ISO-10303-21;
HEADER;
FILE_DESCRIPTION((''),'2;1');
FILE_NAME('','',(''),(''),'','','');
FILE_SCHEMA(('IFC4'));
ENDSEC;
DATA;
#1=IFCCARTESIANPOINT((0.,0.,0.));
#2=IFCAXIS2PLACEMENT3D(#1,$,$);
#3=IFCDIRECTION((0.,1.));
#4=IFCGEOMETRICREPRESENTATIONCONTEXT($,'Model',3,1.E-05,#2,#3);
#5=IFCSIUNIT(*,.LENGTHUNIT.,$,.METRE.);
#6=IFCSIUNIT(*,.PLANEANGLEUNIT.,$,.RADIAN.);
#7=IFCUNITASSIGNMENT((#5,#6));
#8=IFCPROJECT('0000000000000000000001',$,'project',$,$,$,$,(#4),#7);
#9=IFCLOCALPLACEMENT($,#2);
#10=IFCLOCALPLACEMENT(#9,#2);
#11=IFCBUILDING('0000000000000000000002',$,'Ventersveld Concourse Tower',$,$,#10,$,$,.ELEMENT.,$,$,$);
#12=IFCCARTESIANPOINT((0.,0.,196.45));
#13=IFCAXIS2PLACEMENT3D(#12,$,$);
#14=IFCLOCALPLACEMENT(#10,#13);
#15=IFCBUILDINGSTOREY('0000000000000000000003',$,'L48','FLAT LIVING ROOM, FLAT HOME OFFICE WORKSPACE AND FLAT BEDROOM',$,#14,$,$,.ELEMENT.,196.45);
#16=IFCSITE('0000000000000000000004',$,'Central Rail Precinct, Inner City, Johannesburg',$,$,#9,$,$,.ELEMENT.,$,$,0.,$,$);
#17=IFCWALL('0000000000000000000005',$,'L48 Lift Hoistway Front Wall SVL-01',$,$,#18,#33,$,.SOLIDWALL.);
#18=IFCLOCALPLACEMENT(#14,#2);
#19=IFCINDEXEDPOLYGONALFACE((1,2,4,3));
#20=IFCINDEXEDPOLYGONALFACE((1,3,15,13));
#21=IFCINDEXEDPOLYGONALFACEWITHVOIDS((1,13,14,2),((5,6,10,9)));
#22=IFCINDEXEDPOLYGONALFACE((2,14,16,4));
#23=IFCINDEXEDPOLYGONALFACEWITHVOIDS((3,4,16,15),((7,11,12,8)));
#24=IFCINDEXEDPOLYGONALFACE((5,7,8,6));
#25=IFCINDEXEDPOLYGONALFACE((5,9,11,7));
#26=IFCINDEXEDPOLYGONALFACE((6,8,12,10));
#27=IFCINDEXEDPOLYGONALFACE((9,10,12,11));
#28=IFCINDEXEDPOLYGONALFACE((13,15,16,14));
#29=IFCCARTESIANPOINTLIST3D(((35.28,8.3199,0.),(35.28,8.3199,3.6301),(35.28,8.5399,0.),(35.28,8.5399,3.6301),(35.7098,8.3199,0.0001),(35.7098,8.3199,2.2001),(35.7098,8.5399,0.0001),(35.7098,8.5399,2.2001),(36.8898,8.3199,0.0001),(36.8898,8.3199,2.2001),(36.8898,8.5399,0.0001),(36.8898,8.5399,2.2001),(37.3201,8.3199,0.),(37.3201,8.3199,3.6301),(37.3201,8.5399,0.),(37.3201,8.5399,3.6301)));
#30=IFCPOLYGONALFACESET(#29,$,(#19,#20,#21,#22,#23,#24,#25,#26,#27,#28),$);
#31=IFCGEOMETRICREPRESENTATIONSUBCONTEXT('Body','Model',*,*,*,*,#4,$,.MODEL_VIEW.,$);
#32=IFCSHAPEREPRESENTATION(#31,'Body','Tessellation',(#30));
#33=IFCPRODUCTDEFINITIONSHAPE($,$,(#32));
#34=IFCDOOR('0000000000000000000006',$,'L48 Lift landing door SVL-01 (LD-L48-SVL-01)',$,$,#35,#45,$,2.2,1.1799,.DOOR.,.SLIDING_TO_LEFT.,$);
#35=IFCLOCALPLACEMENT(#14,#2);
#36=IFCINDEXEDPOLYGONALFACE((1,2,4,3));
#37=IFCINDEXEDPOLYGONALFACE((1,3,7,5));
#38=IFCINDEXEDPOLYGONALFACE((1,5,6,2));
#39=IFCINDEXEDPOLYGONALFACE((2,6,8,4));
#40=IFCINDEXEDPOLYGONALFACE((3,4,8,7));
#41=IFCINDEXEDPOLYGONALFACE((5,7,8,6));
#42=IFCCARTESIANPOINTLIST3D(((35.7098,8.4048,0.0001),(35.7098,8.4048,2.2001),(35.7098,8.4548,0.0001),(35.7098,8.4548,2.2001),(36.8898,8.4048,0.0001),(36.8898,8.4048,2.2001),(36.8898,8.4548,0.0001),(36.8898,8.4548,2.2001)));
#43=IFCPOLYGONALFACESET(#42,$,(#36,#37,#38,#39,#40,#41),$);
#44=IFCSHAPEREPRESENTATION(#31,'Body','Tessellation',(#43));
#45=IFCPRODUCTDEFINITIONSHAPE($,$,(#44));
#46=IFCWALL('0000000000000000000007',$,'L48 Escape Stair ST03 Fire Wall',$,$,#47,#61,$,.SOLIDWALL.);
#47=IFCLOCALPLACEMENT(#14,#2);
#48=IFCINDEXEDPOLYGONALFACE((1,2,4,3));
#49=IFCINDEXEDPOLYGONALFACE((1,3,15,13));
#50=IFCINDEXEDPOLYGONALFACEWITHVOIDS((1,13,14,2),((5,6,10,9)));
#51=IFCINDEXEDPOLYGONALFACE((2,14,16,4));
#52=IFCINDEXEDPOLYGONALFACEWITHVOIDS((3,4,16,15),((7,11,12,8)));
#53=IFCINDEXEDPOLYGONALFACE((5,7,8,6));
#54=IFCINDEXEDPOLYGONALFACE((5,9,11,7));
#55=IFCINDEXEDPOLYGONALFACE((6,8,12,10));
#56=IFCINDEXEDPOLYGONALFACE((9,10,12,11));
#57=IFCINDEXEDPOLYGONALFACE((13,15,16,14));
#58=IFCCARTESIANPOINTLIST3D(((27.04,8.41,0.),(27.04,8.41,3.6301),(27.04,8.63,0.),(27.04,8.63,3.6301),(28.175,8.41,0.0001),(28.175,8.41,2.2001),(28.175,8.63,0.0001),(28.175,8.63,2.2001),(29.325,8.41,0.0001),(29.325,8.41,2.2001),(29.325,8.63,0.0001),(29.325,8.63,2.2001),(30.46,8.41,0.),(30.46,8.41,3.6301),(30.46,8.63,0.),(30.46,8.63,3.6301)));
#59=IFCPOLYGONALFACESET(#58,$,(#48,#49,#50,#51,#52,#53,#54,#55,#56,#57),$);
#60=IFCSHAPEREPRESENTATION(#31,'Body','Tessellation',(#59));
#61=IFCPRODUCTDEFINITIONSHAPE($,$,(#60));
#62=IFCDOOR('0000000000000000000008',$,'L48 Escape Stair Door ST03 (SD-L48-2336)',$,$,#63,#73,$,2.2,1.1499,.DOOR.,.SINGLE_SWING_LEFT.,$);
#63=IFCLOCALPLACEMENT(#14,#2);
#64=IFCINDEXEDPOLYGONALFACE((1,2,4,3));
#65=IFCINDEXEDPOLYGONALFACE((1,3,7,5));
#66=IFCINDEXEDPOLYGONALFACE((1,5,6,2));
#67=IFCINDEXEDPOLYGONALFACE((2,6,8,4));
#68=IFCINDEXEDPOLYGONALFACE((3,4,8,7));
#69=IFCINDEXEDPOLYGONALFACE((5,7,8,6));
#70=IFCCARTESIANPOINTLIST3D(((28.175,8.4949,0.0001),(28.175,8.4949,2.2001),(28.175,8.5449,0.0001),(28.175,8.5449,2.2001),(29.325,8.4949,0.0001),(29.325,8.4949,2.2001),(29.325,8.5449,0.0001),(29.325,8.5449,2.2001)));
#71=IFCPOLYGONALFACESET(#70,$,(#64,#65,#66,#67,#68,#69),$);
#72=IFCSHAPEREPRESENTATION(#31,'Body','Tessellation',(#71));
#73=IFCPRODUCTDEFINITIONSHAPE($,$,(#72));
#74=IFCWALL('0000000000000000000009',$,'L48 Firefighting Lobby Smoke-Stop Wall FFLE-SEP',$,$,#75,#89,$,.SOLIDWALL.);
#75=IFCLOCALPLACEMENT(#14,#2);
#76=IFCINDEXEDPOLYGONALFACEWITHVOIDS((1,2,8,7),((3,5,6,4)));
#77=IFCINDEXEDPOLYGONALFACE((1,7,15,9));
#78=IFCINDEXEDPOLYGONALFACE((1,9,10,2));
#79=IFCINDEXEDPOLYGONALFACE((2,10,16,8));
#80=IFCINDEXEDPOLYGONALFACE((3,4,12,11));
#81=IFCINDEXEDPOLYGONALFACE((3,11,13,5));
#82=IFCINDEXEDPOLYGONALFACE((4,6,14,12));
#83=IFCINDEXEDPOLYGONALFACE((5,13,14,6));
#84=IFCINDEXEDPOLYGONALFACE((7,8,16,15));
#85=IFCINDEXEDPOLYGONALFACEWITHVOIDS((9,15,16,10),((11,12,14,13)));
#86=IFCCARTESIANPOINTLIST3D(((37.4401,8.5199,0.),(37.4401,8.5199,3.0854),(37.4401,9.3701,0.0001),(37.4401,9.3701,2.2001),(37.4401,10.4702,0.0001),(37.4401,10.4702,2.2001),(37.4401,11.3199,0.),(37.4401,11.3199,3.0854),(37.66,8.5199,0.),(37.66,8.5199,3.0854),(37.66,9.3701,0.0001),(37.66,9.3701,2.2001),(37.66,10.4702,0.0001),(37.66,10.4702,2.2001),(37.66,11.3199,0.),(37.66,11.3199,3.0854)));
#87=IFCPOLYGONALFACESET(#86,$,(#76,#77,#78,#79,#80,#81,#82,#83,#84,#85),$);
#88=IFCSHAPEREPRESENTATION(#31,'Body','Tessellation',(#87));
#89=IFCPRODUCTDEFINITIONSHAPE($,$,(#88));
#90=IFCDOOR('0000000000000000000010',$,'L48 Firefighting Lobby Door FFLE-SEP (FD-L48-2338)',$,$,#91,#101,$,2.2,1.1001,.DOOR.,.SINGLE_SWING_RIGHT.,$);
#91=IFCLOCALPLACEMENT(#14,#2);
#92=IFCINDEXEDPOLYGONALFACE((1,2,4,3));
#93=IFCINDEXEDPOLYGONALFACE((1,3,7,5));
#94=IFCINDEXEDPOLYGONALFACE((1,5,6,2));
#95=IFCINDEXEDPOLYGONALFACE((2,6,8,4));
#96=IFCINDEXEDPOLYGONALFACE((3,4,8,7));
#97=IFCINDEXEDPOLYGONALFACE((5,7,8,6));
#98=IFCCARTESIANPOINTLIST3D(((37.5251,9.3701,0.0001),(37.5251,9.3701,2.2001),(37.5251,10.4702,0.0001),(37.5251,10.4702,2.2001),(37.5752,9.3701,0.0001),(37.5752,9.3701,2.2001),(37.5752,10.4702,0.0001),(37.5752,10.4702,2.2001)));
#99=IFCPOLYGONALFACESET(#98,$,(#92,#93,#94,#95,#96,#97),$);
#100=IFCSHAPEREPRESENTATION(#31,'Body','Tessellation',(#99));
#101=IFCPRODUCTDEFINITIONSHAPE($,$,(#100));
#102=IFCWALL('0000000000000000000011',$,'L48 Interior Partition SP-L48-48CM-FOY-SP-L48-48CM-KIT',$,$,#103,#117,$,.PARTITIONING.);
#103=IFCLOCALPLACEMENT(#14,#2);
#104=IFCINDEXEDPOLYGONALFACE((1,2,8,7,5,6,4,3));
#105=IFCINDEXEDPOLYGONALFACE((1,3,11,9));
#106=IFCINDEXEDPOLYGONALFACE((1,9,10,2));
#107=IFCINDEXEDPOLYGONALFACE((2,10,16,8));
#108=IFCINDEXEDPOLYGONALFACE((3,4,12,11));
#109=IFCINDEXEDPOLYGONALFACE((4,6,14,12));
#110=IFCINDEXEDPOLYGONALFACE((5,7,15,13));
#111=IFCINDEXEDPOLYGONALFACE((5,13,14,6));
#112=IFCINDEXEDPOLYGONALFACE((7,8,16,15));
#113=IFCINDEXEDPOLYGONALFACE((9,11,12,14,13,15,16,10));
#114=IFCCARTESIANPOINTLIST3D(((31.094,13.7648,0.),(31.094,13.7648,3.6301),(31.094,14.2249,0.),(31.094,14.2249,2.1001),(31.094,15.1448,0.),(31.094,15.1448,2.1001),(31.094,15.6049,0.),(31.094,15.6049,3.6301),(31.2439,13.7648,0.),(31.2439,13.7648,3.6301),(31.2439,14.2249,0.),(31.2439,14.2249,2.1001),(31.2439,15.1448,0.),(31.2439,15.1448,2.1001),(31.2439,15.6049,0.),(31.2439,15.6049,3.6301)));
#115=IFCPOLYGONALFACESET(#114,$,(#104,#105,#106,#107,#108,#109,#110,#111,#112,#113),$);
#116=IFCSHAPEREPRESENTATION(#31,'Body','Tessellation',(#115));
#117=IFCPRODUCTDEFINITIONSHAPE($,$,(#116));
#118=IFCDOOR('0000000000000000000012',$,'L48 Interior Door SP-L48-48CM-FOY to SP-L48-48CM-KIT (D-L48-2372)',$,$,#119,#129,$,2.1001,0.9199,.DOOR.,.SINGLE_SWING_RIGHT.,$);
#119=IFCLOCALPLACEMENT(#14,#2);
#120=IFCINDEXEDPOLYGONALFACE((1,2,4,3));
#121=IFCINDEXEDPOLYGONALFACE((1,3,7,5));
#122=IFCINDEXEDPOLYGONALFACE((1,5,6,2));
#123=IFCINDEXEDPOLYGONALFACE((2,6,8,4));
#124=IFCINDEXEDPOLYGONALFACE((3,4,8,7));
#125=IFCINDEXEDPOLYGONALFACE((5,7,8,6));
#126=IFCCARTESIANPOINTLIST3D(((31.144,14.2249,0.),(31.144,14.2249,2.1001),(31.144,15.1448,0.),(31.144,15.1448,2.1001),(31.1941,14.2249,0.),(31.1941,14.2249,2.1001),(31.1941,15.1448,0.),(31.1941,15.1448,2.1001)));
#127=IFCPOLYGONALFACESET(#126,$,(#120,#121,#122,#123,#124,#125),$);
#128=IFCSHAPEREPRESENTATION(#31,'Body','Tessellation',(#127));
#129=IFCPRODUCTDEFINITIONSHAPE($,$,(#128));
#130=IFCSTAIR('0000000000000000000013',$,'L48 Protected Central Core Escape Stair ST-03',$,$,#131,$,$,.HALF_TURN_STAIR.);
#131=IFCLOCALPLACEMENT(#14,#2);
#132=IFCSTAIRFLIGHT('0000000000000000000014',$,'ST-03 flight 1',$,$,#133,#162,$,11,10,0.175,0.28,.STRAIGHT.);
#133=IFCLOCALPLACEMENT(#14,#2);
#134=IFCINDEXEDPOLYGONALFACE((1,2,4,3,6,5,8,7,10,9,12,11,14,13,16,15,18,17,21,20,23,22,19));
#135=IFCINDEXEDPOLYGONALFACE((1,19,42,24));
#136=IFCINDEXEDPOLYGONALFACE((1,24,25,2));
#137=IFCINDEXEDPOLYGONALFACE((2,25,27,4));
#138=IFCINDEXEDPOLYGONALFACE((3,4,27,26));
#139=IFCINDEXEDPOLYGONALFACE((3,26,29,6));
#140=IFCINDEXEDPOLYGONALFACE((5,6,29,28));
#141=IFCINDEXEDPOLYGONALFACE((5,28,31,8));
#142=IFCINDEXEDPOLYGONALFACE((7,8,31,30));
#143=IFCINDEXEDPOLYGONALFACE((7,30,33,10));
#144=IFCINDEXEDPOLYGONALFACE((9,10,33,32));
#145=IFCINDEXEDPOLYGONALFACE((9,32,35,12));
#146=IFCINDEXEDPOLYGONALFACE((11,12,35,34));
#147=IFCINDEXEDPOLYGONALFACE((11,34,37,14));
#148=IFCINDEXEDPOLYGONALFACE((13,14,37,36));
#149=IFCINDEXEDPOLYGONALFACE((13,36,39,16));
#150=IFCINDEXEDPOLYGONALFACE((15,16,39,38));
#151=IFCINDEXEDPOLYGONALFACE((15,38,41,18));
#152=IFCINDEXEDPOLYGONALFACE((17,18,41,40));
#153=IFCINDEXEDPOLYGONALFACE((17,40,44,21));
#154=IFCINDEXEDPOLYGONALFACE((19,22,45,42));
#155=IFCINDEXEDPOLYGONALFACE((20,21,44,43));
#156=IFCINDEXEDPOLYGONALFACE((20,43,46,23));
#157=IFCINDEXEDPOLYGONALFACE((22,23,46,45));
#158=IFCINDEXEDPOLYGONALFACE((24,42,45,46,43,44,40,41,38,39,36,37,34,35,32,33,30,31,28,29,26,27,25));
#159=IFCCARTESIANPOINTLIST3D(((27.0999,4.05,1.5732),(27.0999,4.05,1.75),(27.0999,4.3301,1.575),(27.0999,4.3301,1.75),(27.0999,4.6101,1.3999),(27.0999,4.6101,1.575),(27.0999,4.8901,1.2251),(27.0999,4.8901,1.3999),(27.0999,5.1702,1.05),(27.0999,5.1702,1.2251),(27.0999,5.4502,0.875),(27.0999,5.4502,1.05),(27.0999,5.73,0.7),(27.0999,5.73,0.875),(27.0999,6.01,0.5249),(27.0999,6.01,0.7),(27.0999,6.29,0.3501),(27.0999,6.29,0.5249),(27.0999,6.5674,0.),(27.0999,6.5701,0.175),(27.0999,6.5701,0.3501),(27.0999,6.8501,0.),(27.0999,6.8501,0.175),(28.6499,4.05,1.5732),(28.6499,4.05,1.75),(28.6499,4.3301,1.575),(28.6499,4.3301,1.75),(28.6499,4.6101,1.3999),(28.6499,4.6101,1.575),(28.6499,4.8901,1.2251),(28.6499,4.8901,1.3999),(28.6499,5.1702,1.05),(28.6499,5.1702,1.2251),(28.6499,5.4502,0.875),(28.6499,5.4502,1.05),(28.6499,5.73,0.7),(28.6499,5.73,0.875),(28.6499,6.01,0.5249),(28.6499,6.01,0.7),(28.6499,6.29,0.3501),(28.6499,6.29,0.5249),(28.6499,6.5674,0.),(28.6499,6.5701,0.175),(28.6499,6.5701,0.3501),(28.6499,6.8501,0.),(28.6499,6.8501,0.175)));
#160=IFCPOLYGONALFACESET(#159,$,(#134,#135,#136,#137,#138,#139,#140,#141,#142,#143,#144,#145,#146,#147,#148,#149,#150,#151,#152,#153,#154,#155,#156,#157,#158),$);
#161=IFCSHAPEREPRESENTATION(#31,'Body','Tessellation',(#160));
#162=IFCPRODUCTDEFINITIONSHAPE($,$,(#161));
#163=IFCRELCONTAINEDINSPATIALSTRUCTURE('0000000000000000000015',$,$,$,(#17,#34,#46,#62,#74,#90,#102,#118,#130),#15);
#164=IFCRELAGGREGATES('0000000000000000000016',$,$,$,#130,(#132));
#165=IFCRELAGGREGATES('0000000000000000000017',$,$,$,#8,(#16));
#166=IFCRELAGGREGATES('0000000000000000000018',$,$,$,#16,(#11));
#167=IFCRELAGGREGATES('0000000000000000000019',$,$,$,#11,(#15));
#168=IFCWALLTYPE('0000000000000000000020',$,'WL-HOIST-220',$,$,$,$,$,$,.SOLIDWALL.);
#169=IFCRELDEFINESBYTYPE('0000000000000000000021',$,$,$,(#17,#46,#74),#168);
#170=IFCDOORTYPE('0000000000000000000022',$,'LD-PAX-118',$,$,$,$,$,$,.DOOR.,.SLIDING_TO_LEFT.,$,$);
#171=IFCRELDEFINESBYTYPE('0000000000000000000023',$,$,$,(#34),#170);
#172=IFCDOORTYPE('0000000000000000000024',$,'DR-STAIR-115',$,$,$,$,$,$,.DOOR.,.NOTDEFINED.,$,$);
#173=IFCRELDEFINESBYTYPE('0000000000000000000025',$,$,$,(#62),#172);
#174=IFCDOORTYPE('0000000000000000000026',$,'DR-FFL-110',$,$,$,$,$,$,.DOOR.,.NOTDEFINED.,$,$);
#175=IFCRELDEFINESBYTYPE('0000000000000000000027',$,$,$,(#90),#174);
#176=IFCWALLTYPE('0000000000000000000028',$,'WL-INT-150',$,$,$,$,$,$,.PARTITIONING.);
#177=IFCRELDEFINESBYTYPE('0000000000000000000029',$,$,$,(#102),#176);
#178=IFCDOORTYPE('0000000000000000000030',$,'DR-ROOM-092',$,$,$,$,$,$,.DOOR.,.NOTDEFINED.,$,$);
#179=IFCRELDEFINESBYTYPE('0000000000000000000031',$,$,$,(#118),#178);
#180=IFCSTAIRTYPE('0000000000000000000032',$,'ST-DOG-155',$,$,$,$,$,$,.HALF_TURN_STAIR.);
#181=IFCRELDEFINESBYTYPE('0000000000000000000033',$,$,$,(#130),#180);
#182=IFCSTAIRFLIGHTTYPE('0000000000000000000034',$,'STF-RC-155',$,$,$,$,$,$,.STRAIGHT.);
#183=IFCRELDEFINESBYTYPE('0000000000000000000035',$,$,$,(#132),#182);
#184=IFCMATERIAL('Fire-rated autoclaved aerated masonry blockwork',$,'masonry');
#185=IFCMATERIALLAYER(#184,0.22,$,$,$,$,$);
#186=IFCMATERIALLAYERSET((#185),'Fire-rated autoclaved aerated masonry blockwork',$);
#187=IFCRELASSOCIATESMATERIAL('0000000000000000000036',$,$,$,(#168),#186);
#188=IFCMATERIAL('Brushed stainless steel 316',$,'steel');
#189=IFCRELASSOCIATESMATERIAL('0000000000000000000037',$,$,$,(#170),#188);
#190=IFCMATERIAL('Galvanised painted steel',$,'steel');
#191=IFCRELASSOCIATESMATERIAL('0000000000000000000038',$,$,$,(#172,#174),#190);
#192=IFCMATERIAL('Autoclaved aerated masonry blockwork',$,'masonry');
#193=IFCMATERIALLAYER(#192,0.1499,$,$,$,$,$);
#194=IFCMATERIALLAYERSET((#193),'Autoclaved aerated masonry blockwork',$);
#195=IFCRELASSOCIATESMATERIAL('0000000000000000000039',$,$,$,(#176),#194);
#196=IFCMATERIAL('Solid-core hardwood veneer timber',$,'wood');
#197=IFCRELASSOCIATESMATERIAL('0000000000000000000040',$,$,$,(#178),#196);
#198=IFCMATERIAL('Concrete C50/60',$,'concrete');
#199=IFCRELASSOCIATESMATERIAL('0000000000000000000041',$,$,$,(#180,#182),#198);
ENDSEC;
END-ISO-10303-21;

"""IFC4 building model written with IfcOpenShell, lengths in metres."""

from ifc_helpers import new_model, si_unit, direction, frame, frame_2d, origin, place, context, subcontext, project, spatial, polyline, rectangle, outline, extrude, material, layer, layer_set, type_object, element, fill, aggregate, save


model = new_model("IFC4")

# Units and contexts
model_context = context("Model", 3, precision=1e-05, world=origin(), true_north=direction((0.0, 1.0)))
body_context = subcontext(model_context, "Body", "Model", "MODEL_VIEW")
ifc_project = project(units=[si_unit("LENGTHUNIT", "METRE"), si_unit("PLANEANGLEUNIT", "RADIAN")], contexts=[model_context])

# Site, building, storey
site_placement = place(None, origin())
site = spatial("IfcSite", under=ifc_project, at=site_placement, Name="Central Rail Precinct, Inner City, Johannesburg", CompositionType="ELEMENT", RefElevation=0.0)
building_placement = place(site_placement, origin())
building = spatial("IfcBuilding", under=site, at=building_placement, Name="Ventersveld Concourse Tower", CompositionType="ELEMENT")
storey_placement = place(building_placement, frame((0.0, 0.0, 196.45)))
storey = spatial("IfcBuildingStorey", under=building, at=storey_placement, Name="L48", Description="FLAT LIVING ROOM, FLAT HOME OFFICE WORKSPACE AND FLAT BEDROOM", CompositionType="ELEMENT", Elevation=196.45)

# Shared definitions
ifc_material_1 = material(Name="Concrete C50/60", Category="concrete")

# Shared definitions
ifc_material_2 = material(Name="Fire-rated autoclaved aerated masonry blockwork", Category="masonry")
ifc_material_3 = material(Name="Solid-core hardwood veneer timber", Category="wood")

# Shared definitions
ifc_layer_1 = layer(ifc_material_2, 0.22)
ifc_layer_set_1 = layer_set([ifc_layer_1], Name="Fire-rated autoclaved aerated masonry blockwork")
wall_type_1 = type_object("IfcWallType", Name="WL-HOIST-220", PredefinedType="SOLIDWALL", material=ifc_layer_set_1)

# Walls, openings, doors
wall_1_placement = place(storey_placement, frame((35.28, 8.4299, 0.0), z_axis=(0.0, 0.0, 1.0), x_axis=(1.0, 0.0, 0.0)))
wall_1 = element("IfcWall", 1, at=wall_1_placement, inside=storey, type_object=wall_type_1, Name="L48 Lift Hoistway Front Wall SVL-01", PredefinedType="SOLIDWALL", context=body_context, shape_type="SweptSolid", body=[
    extrude(rectangle(XDim=2.04, YDim=0.22, at=frame_2d((1.02, 0.0))), origin(), (0.0, 0.0, 1.0), 3.6301),
])
opening_1_placement = place(wall_1_placement, frame((0.4299, 0.0, 0.0)))
opening_1 = element("IfcOpeningElement", 2, at=opening_1_placement, cuts=wall_1, PredefinedType="OPENING", context=body_context, shape_type="SweptSolid", body=[
    extrude(rectangle(XDim=1.1799, YDim=2.2, at=frame_2d((0.5898, 1.1001))), frame((0.0, 0.1201, 0.0), z_axis=(0.0, -1.0, 0.0), x_axis=(1.0, 0.0, 0.0)), (0.0, 0.0, 1.0), 0.24),
])
ifc_material_4 = material(Name="Brushed stainless steel 316", Category="steel")
door_type_1 = type_object("IfcDoorType", Name="LD-PAX-118", OperationType="SLIDING_TO_LEFT", PredefinedType="DOOR", material=ifc_material_4)
door_1_placement = place(opening_1_placement, origin())
door_1 = element("IfcDoor", 3, at=door_1_placement, inside=storey, type_object=door_type_1, Name="L48 Lift landing door SVL-01 (LD-L48-SVL-01)", OperationType="SLIDING_TO_LEFT", OverallHeight=2.2, OverallWidth=1.1799, PredefinedType="DOOR", context=body_context, shape_type="SweptSolid", body=[
    extrude(rectangle(XDim=1.1799, YDim=2.2, at=frame_2d((0.5898, 1.1001))), frame((0.0, 0.0249, 0.0), z_axis=(0.0, -1.0, 0.0), x_axis=(1.0, 0.0, 0.0)), (0.0, 0.0, 1.0), 0.05),
])
fill(opening_1, door_1)
wall_2_placement = place(storey_placement, frame((27.04, 8.52, 0.0), z_axis=(0.0, 0.0, 1.0), x_axis=(1.0, 0.0, 0.0)))
wall_2 = element("IfcWall", 4, at=wall_2_placement, inside=storey, type_object=wall_type_1, Name="L48 Escape Stair ST03 Fire Wall", PredefinedType="SOLIDWALL", context=body_context, shape_type="SweptSolid", body=[
    extrude(rectangle(XDim=3.4199, YDim=0.22, at=frame_2d((1.71, 0.0))), origin(), (0.0, 0.0, 1.0), 3.6301),
])
opening_2_placement = place(wall_2_placement, frame((1.135, 0.0, 0.0)))
opening_2 = element("IfcOpeningElement", 5, at=opening_2_placement, cuts=wall_2, PredefinedType="OPENING", context=body_context, shape_type="SweptSolid", body=[
    extrude(rectangle(XDim=1.1499, YDim=2.2, at=frame_2d((0.575, 1.1001))), frame((0.0, 0.1201, 0.0), z_axis=(0.0, -1.0, 0.0), x_axis=(1.0, 0.0, 0.0)), (0.0, 0.0, 1.0), 0.24),
])
ifc_material_5 = material(Name="Galvanised painted steel", Category="steel")
door_type_2 = type_object("IfcDoorType", Name="DR-STAIR-115", OperationType="NOTDEFINED", PredefinedType="DOOR", material=ifc_material_5)
door_2_placement = place(opening_2_placement, origin())
door_2 = element("IfcDoor", 6, at=door_2_placement, inside=storey, type_object=door_type_2, Name="L48 Escape Stair Door ST03 (SD-L48-2336)", OperationType="SINGLE_SWING_LEFT", OverallHeight=2.2, OverallWidth=1.1499, PredefinedType="DOOR", context=body_context, shape_type="SweptSolid", body=[
    extrude(rectangle(XDim=1.1499, YDim=2.2, at=frame_2d((0.575, 1.1001))), frame((0.0, 0.0249, 0.0), z_axis=(0.0, -1.0, 0.0), x_axis=(1.0, 0.0, 0.0)), (0.0, 0.0, 1.0), 0.05),
])
fill(opening_2, door_2)
wall_3_placement = place(storey_placement, frame((37.55, 8.52, 0.0), z_axis=(0.0, 0.0, 1.0), x_axis=(0.0, 1.0, 0.0)))
wall_3 = element("IfcWall", 7, at=wall_3_placement, inside=storey, type_object=wall_type_1, Name="L48 Firefighting Lobby Smoke-Stop Wall FFLE-SEP", PredefinedType="SOLIDWALL", context=body_context, shape_type="SweptSolid", body=[
    extrude(rectangle(XDim=2.8, YDim=0.22, at=frame_2d((1.3999, 0.0))), origin(), (0.0, 0.0, 1.0), 3.0854),
])
opening_3_placement = place(wall_3_placement, frame((0.8501, 0.0, 0.0)))
opening_3 = element("IfcOpeningElement", 8, at=opening_3_placement, cuts=wall_3, PredefinedType="OPENING", context=body_context, shape_type="SweptSolid", body=[
    extrude(rectangle(XDim=1.1001, YDim=2.2, at=frame_2d((0.55, 1.1001))), frame((0.0, 0.1201, 0.0), z_axis=(0.0, -1.0, 0.0), x_axis=(1.0, 0.0, 0.0)), (0.0, 0.0, 1.0), 0.24),
])
door_type_3 = type_object("IfcDoorType", Name="DR-FFL-110", OperationType="NOTDEFINED", PredefinedType="DOOR", material=ifc_material_5)
door_3_placement = place(opening_3_placement, origin())
door_3 = element("IfcDoor", 9, at=door_3_placement, inside=storey, type_object=door_type_3, Name="L48 Firefighting Lobby Door FFLE-SEP (FD-L48-2338)", OperationType="SINGLE_SWING_RIGHT", OverallHeight=2.2, OverallWidth=1.1001, PredefinedType="DOOR", context=body_context, shape_type="SweptSolid", body=[
    extrude(rectangle(XDim=1.1001, YDim=2.2, at=frame_2d((0.55, 1.1001))), frame((0.0, 0.0249, 0.0), z_axis=(0.0, -1.0, 0.0), x_axis=(1.0, 0.0, 0.0)), (0.0, 0.0, 1.0), 0.05),
])
fill(opening_3, door_3)
ifc_material_6 = material(Name="Autoclaved aerated masonry blockwork", Category="masonry")
ifc_layer_2 = layer(ifc_material_6, 0.1499)
ifc_layer_set_2 = layer_set([ifc_layer_2], Name="Autoclaved aerated masonry blockwork")
wall_type_2 = type_object("IfcWallType", Name="WL-INT-150", PredefinedType="PARTITIONING", material=ifc_layer_set_2)
wall_4_placement = place(storey_placement, frame((31.1689, 13.7649, 0.0), z_axis=(0.0, 0.0, 1.0), x_axis=(0.0, 1.0, 0.0)))
wall_4 = element("IfcWall", 10, at=wall_4_placement, inside=storey, type_object=wall_type_2, Name="L48 Interior Partition SP-L48-48CM-FOY-SP-L48-48CM-KIT", PredefinedType="PARTITIONING", context=body_context, shape_type="SweptSolid", body=[
    extrude(rectangle(XDim=1.8401, YDim=0.1499, at=frame_2d((0.9199, 0.0))), origin(), (0.0, 0.0, 1.0), 3.6301),
])
opening_4_placement = place(wall_4_placement, frame((0.46, 0.0, 0.0)))
opening_4 = element("IfcOpeningElement", 11, at=opening_4_placement, cuts=wall_4, PredefinedType="OPENING", context=body_context, shape_type="SweptSolid", body=[
    extrude(rectangle(XDim=0.9199, YDim=2.1001, at=frame_2d((0.46, 1.05))), frame((0.0, 0.085, 0.0), z_axis=(0.0, -1.0, 0.0), x_axis=(1.0, 0.0, 0.0)), (0.0, 0.0, 1.0), 0.1699),
])
door_type_4 = type_object("IfcDoorType", Name="DR-ROOM-092", OperationType="NOTDEFINED", PredefinedType="DOOR", material=ifc_material_3)
door_4_placement = place(opening_4_placement, origin())
door_4 = element("IfcDoor", 12, at=door_4_placement, inside=storey, type_object=door_type_4, Name="L48 Interior Door SP-L48-48CM-FOY to SP-L48-48CM-KIT (D-L48-2372)", OperationType="SINGLE_SWING_RIGHT", OverallHeight=2.1001, OverallWidth=0.9199, PredefinedType="DOOR", context=body_context, shape_type="SweptSolid", body=[
    extrude(rectangle(XDim=0.9199, YDim=2.1001, at=frame_2d((0.46, 1.05))), frame((0.0, 0.0249, 0.0), z_axis=(0.0, -1.0, 0.0), x_axis=(1.0, 0.0, 0.0)), (0.0, 0.0, 1.0), 0.05),
])
fill(opening_4, door_4)

# Stair, stair flight
stair_type = type_object("IfcStairType", Name="ST-DOG-155", PredefinedType="HALF_TURN_STAIR", material=ifc_material_1)
stair_placement = place(storey_placement, origin())
stair = element("IfcStair", 13, at=stair_placement, inside=storey, type_object=stair_type, Name="L48 Protected Central Core Escape Stair ST-03", PredefinedType="HALF_TURN_STAIR")
stair_flight_type = type_object("IfcStairFlightType", Name="STF-RC-155", PredefinedType="STRAIGHT", material=ifc_material_1)
stair_flight_placement = place(storey_placement, frame((27.875, 6.8501, 0.0), z_axis=(0.0, 0.0, 1.0), x_axis=(0.0, -1.0, 0.0)))
stair_flight = element("IfcStairFlight", 14, at=stair_flight_placement, type_object=stair_flight_type, Name="ST-03 flight 1", NumberOfRisers=11, NumberOfTreads=10, PredefinedType="STRAIGHT", RiserHeight=0.175, TreadLength=0.28, context=body_context, shape_type="SweptSolid", body=[
    extrude(outline(polyline([(0.0, 0.0), (0.0, 0.175), (0.28, 0.175), (0.28, 0.3501), (0.5601, 0.3501), (0.5601, 0.5249), (0.8401, 0.5249), (0.8401, 0.7), (1.1201, 0.7), (1.1201, 0.875), (1.3999, 0.875), (1.3999, 1.05), (1.6799, 1.05), (1.6799, 1.2251), (1.96, 1.2251), (1.96, 1.3999), (2.24, 1.3999), (2.24, 1.575), (2.52, 1.575), (2.52, 1.75), (2.8, 1.75), (2.8, 1.925), (2.8, 1.5732), (0.2827, 0.0), (0.0, 0.0)])), frame((0.0, 0.7749, 0.0), z_axis=(0.0, -1.0, 0.0), x_axis=(1.0, 0.0, 0.0)), (0.0, 0.0, 1.0), 1.55),
])
aggregate(stair, [stair_flight])

save(model, "model.ifc")
